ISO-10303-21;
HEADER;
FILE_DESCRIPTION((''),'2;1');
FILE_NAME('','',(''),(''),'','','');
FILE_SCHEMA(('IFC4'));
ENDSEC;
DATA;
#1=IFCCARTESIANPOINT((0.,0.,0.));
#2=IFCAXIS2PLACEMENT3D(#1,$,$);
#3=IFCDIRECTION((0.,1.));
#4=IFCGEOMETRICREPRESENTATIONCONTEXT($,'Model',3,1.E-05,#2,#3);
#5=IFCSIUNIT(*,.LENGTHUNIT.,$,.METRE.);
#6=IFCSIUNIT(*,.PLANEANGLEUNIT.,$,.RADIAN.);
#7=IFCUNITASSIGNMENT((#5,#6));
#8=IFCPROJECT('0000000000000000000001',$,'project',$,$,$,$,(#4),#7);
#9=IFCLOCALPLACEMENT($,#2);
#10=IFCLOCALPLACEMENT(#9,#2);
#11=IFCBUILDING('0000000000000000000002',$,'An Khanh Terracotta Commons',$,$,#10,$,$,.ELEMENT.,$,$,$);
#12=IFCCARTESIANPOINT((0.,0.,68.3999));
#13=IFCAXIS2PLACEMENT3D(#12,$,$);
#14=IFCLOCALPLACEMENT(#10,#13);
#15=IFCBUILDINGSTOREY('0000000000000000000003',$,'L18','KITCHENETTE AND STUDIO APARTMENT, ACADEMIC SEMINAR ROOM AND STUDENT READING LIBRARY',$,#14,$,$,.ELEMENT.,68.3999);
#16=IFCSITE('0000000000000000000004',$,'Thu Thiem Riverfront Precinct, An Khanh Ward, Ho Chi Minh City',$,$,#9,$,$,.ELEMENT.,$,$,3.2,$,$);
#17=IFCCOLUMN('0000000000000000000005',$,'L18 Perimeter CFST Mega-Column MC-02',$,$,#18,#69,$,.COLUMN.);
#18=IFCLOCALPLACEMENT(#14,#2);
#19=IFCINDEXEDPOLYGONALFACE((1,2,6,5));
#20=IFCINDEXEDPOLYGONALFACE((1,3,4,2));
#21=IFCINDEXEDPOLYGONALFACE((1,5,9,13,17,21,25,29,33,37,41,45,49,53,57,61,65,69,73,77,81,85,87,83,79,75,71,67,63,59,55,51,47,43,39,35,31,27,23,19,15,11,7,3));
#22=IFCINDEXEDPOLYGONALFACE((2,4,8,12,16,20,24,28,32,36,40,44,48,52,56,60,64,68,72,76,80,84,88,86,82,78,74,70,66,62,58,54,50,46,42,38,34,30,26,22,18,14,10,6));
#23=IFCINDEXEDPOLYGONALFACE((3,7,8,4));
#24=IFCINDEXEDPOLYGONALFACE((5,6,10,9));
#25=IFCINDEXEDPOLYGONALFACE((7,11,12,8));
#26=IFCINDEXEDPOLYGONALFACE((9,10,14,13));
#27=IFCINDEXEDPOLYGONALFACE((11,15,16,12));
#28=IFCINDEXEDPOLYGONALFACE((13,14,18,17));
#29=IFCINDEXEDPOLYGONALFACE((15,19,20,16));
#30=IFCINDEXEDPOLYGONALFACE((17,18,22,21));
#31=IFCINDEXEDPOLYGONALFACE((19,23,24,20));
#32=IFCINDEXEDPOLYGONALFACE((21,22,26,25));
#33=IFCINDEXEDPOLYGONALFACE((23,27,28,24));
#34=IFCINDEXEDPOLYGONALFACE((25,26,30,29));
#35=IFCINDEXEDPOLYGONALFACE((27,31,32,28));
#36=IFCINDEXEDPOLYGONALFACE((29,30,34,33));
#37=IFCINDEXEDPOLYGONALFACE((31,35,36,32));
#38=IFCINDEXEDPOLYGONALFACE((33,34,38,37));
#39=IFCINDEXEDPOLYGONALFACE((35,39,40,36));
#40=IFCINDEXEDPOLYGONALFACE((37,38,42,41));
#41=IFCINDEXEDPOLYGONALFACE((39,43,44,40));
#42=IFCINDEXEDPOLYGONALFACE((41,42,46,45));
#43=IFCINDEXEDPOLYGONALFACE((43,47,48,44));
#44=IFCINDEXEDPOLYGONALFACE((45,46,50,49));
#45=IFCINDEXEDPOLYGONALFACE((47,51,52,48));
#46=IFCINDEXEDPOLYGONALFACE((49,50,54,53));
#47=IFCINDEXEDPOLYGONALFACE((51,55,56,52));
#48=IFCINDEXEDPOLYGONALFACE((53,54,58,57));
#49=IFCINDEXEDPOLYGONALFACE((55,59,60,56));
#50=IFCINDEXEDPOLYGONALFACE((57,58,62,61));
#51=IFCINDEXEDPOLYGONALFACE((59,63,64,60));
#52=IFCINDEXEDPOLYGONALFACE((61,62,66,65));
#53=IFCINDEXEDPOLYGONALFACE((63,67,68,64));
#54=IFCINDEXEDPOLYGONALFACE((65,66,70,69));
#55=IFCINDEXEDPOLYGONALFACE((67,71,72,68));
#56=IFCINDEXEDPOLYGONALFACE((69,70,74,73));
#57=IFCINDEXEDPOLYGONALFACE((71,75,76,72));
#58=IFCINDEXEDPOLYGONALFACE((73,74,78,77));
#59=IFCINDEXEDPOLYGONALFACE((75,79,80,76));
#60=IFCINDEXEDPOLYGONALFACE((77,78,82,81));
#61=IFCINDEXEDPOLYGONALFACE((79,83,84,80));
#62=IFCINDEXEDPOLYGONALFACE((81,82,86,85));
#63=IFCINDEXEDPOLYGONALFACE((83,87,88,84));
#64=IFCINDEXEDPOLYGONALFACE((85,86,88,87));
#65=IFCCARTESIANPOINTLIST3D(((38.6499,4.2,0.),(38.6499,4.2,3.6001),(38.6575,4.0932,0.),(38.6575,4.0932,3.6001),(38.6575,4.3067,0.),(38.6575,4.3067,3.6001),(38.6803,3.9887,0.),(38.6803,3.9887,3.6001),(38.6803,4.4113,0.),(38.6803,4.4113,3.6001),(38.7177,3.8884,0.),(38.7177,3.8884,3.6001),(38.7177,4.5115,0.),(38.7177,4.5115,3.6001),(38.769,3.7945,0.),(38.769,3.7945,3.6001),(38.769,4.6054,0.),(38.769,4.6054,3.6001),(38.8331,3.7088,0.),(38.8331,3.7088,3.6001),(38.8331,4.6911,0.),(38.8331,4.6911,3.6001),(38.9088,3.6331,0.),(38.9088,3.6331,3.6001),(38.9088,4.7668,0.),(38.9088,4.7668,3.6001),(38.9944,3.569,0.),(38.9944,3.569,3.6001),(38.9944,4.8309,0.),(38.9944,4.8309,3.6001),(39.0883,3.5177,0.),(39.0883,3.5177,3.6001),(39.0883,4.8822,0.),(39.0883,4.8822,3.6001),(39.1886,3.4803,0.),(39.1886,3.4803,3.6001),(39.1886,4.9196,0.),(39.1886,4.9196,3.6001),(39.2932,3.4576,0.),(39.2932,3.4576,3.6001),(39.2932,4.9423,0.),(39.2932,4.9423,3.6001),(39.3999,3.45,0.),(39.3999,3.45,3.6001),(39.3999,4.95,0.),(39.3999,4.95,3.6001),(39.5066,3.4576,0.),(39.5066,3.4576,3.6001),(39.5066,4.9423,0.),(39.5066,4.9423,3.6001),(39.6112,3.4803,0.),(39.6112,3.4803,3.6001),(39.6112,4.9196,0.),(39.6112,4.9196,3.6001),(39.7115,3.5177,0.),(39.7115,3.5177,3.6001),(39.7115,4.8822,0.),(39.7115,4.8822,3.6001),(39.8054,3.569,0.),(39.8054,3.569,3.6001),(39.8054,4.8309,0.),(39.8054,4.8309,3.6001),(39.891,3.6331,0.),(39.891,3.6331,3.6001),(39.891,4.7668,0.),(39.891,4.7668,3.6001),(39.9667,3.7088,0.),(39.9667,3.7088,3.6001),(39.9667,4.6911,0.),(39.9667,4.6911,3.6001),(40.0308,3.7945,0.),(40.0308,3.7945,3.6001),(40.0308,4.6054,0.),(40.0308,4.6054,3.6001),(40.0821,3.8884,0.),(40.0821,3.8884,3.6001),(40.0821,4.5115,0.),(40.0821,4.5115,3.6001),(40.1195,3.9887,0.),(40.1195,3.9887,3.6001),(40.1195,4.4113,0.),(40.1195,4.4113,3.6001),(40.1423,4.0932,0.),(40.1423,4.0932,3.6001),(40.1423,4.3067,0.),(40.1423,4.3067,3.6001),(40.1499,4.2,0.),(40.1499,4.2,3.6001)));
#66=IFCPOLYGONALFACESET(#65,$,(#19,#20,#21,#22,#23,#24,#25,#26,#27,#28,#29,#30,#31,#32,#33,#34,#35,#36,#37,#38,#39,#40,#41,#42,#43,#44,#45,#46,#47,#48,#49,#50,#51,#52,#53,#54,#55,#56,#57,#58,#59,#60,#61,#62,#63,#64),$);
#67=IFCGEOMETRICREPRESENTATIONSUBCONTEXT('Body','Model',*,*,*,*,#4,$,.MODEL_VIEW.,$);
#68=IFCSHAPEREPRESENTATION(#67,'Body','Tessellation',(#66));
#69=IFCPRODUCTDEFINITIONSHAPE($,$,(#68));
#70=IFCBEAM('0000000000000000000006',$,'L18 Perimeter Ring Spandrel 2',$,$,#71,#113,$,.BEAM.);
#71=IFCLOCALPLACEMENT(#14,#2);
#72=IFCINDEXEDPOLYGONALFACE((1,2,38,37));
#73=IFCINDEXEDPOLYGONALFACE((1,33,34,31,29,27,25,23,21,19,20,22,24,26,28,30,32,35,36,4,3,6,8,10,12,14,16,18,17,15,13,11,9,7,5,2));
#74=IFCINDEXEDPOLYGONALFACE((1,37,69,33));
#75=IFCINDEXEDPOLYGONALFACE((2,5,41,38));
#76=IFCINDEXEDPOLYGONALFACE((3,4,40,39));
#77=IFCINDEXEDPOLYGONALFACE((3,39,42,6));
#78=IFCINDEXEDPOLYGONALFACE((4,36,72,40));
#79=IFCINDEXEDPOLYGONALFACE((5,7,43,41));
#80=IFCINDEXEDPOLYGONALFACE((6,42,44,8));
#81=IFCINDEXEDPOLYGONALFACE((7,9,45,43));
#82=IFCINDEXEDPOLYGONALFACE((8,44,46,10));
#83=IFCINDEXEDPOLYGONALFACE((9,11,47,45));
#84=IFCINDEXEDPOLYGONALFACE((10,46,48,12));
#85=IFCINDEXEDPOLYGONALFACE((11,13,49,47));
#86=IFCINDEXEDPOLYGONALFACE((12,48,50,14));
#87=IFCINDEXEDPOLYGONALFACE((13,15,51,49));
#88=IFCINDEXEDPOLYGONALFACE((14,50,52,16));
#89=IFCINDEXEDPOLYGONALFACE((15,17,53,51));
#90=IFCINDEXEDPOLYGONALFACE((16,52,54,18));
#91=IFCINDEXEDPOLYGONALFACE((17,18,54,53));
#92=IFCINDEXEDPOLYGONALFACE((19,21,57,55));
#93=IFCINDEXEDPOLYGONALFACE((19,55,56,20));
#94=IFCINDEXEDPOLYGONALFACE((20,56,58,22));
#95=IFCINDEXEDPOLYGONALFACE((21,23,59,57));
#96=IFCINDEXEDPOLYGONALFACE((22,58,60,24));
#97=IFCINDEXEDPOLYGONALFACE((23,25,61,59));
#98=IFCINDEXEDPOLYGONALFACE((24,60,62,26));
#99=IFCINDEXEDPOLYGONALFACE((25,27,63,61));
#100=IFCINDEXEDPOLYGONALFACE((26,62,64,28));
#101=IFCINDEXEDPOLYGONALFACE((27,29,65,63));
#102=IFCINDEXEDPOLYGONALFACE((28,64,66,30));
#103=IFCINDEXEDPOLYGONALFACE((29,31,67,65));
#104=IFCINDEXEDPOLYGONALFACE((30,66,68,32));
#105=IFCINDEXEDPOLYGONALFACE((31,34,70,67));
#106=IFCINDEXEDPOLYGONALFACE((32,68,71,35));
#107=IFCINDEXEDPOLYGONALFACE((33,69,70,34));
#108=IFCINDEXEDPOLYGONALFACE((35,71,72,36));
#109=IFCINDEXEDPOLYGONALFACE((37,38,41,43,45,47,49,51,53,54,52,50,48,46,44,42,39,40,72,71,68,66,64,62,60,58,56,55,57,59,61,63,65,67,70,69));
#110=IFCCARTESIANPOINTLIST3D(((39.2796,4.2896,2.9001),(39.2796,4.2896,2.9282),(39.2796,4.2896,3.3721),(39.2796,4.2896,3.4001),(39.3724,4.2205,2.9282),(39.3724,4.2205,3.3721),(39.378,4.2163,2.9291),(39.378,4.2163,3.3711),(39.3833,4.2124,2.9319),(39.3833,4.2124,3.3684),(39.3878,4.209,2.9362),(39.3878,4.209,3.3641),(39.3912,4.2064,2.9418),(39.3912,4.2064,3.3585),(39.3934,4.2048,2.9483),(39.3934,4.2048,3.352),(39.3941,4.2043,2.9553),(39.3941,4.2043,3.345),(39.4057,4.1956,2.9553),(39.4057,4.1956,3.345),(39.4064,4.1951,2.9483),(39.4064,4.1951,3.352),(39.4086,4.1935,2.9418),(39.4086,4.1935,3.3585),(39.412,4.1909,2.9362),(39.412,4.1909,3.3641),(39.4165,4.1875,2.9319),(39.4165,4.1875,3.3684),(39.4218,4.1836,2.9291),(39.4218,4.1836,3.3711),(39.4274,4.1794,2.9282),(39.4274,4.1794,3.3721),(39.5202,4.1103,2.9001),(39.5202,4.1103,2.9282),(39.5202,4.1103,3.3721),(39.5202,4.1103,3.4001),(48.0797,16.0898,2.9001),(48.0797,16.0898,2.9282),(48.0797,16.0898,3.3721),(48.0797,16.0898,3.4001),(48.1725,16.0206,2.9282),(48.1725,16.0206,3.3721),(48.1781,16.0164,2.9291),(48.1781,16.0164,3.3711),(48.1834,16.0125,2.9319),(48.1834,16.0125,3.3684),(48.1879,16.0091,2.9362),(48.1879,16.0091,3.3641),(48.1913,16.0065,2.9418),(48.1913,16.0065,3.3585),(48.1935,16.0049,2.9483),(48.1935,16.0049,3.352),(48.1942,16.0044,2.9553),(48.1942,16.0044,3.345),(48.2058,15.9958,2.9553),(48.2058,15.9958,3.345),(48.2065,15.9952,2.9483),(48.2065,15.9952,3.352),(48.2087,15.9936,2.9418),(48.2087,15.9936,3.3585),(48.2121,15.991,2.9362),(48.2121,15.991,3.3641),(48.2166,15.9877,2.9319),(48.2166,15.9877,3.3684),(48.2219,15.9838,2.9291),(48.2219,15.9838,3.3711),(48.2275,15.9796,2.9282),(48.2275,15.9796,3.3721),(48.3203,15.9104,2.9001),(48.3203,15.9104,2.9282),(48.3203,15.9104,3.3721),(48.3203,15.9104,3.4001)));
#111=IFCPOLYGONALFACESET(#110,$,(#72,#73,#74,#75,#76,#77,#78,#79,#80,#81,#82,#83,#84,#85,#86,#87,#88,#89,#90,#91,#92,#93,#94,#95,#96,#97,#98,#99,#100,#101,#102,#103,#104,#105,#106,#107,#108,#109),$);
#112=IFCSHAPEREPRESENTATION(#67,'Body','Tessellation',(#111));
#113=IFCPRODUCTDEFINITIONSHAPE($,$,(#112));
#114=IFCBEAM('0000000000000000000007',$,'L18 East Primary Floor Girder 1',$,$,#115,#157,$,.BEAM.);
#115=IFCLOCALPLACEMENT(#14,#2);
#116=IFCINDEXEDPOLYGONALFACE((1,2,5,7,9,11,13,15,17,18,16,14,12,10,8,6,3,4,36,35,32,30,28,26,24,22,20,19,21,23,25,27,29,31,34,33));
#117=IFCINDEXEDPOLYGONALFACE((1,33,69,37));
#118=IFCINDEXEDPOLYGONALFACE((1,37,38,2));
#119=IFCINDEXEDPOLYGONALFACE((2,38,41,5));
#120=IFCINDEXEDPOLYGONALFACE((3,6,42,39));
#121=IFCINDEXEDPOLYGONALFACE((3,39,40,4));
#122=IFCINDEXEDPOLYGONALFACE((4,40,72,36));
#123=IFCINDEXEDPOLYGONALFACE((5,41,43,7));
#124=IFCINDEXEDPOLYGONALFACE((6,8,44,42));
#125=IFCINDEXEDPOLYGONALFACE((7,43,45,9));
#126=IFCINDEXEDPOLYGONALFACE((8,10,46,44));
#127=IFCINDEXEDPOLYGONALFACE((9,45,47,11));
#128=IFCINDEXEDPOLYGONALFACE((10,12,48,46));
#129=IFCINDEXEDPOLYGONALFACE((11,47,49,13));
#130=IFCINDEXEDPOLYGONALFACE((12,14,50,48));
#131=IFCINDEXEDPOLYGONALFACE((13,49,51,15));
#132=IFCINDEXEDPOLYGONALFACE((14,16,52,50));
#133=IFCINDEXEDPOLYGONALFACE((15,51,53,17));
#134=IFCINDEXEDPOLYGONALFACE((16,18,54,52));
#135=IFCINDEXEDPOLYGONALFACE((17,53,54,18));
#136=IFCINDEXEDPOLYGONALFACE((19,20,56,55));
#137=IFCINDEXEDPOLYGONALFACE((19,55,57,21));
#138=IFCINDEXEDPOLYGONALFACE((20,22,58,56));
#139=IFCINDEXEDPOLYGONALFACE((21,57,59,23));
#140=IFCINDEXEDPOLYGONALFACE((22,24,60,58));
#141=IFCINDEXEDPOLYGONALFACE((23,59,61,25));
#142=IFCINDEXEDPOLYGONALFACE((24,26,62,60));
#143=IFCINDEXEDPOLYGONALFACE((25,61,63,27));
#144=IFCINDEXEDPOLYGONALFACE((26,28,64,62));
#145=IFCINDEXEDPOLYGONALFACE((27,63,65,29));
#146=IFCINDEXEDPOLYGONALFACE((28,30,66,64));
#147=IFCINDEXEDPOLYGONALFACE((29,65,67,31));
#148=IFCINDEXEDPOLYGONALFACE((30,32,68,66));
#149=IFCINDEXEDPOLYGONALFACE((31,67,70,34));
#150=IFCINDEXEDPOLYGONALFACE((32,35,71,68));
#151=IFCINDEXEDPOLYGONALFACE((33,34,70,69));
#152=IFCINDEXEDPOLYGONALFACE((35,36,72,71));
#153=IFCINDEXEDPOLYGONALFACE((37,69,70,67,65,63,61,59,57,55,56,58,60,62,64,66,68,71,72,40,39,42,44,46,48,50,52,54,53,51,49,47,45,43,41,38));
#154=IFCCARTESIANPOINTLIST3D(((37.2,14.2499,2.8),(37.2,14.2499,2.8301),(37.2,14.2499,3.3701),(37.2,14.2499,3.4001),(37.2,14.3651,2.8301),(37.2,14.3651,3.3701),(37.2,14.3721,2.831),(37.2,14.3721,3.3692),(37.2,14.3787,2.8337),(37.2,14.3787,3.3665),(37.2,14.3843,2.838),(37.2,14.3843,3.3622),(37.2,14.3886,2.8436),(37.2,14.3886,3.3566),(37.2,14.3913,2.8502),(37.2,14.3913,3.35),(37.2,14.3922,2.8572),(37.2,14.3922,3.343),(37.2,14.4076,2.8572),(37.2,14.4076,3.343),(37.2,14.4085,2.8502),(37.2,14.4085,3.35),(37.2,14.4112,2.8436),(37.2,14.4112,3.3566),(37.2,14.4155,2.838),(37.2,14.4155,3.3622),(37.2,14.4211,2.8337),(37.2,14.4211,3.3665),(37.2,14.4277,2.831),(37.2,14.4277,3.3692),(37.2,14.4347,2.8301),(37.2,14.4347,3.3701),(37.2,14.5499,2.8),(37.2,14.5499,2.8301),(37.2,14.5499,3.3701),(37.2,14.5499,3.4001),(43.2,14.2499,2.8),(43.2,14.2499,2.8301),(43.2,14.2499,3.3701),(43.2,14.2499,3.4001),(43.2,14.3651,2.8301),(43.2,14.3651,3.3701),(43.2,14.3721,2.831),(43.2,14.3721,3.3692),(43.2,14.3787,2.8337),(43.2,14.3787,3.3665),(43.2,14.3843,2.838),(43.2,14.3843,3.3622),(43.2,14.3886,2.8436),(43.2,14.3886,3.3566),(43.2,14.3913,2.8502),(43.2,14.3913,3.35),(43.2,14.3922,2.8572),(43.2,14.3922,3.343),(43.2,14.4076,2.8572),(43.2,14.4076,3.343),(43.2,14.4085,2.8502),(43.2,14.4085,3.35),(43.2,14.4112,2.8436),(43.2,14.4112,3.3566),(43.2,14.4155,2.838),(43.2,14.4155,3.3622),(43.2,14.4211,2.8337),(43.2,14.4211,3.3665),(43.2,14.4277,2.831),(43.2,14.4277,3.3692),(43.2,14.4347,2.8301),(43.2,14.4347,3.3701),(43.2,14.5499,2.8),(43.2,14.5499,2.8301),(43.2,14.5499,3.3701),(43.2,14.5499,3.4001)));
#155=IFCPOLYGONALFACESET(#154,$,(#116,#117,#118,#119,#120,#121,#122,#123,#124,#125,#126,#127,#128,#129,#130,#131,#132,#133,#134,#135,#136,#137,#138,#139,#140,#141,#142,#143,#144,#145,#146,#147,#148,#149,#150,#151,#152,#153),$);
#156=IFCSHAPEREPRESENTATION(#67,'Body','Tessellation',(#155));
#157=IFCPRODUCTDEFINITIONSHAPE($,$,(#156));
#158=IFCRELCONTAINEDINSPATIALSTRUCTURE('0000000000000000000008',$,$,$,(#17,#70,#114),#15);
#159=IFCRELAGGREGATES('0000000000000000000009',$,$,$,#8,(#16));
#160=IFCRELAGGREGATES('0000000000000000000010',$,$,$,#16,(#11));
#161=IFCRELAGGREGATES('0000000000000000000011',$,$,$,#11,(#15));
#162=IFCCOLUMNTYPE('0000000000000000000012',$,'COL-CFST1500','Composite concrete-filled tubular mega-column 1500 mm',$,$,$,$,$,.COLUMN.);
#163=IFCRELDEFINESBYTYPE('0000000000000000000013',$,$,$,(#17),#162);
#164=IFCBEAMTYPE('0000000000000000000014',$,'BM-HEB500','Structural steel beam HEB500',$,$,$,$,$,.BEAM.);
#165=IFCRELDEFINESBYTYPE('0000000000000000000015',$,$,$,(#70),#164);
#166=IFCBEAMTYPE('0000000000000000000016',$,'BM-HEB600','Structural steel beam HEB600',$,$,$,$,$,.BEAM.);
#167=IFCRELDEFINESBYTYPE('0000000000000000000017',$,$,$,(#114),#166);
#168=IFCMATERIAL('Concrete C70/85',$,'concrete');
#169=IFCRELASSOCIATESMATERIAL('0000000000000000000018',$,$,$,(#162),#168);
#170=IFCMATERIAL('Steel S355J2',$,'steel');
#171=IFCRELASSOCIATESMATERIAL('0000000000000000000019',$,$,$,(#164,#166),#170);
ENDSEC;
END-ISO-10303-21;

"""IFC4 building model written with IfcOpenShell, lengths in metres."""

from ifc_helpers import new_model, si_unit, direction, frame, origin, origin_2d, place, context, subcontext, project, spatial, circle, i_section, extrude, material, material_profile, profile_set, type_object, element, save


model = new_model("IFC4")

# Units and contexts
model_context = context("Model", 3, precision=1e-05, world=origin(), true_north=direction((0.0, 1.0)))
body_context = subcontext(model_context, "Body", "Model", "MODEL_VIEW")
ifc_project = project(units=[si_unit("LENGTHUNIT", "METRE"), si_unit("PLANEANGLEUNIT", "RADIAN")], contexts=[model_context])

# Site, building, storey
site_placement = place(None, origin())
site = spatial("IfcSite", under=ifc_project, at=site_placement, Name="Thu Thiem Riverfront Precinct, An Khanh Ward, Ho Chi Minh City", CompositionType="ELEMENT", RefElevation=3.2)
building_placement = place(site_placement, origin())
building = spatial("IfcBuilding", under=site, at=building_placement, Name="An Khanh Terracotta Commons", CompositionType="ELEMENT")
storey_placement = place(building_placement, frame((0.0, 0.0, 68.3999)))
storey = spatial("IfcBuildingStorey", under=building, at=storey_placement, Name="L18", Description="KITCHENETTE AND STUDIO APARTMENT, ACADEMIC SEMINAR ROOM AND STUDENT READING LIBRARY", CompositionType="ELEMENT", Elevation=68.3999)

# Column
ifc_material_1 = material(Name="Concrete C70/85", Category="concrete")
ifc_material_profile_1 = material_profile(ifc_material_1, circle(Radius=0.75, at=origin_2d()), Name="CFST1500")
ifc_profile_set_1 = profile_set([ifc_material_profile_1], Name="Concrete C70/85")
column_type = type_object("IfcColumnType", Name="COL-CFST1500", Description="Composite concrete-filled tubular mega-column 1500 mm", PredefinedType="COLUMN", material=ifc_profile_set_1)
column_placement = place(storey_placement, frame((39.3999, 4.2, 0.0), z_axis=(0.0, 0.0, 1.0), x_axis=(1.0, 0.0, 0.0)))
element("IfcColumn", 1, at=column_placement, inside=storey, type_object=column_type, Name="L18 Perimeter CFST Mega-Column MC-02", PredefinedType="COLUMN", context=body_context, shape_type="SweptSolid", body=[
    extrude(circle(Radius=0.75, at=origin_2d()), origin(), (0.0, 0.0, 1.0), 3.6001),
])

# Beams
ifc_material_2 = material(Name="Steel S355J2", Category="steel")
ifc_material_profile_2 = material_profile(ifc_material_2, i_section(OverallWidth=0.3, OverallDepth=0.5, WebThickness=0.0144, FlangeThickness=0.0281, FilletRadius=0.0271, at=origin_2d()), Name="HEB500")
ifc_profile_set_2 = profile_set([ifc_material_profile_2], Name="Steel S355J2")
beam_type_1 = type_object("IfcBeamType", Name="BM-HEB500", Description="Structural steel beam HEB500", PredefinedType="BEAM", material=ifc_profile_set_2)
beam_1_placement = place(storey_placement, frame((39.3999, 4.2, 3.1501), z_axis=(0.597824, 0.801627, 0.0), x_axis=(-0.801627, 0.597824, 0.0)))
element("IfcBeam", 2, at=beam_1_placement, inside=storey, type_object=beam_type_1, Name="L18 Perimeter Ring Spandrel 2", PredefinedType="BEAM", context=body_context, shape_type="SweptSolid", body=[
    extrude(i_section(OverallWidth=0.3, OverallDepth=0.5, WebThickness=0.0144, FlangeThickness=0.0281, FilletRadius=0.0271, at=origin_2d()), origin(), (0.0, 0.0, 1.0), 14.7202),
])
ifc_material_profile_3 = material_profile(ifc_material_2, i_section(OverallWidth=0.3, OverallDepth=0.6001, WebThickness=0.0154, FlangeThickness=0.03, FilletRadius=0.0271, at=origin_2d()), Name="HEB600")
ifc_profile_set_3 = profile_set([ifc_material_profile_3], Name="Steel S355J2")
beam_type_2 = type_object("IfcBeamType", Name="BM-HEB600", Description="Structural steel beam HEB600", PredefinedType="BEAM", material=ifc_profile_set_3)
beam_2_placement = place(storey_placement, frame((37.2, 14.3999, 3.1001), z_axis=(1.0, 0.0, 0.0), x_axis=(0.0, 1.0, 0.0)))
element("IfcBeam", 3, at=beam_2_placement, inside=storey, type_object=beam_type_2, Name="L18 East Primary Floor Girder 1", PredefinedType="BEAM", context=body_context, shape_type="SweptSolid", body=[
    extrude(i_section(OverallWidth=0.3, OverallDepth=0.6001, WebThickness=0.0154, FlangeThickness=0.03, FilletRadius=0.0271, at=origin_2d()), origin(), (0.0, 0.0, 1.0), 6.0),
])

save(model, "model.ifc")
